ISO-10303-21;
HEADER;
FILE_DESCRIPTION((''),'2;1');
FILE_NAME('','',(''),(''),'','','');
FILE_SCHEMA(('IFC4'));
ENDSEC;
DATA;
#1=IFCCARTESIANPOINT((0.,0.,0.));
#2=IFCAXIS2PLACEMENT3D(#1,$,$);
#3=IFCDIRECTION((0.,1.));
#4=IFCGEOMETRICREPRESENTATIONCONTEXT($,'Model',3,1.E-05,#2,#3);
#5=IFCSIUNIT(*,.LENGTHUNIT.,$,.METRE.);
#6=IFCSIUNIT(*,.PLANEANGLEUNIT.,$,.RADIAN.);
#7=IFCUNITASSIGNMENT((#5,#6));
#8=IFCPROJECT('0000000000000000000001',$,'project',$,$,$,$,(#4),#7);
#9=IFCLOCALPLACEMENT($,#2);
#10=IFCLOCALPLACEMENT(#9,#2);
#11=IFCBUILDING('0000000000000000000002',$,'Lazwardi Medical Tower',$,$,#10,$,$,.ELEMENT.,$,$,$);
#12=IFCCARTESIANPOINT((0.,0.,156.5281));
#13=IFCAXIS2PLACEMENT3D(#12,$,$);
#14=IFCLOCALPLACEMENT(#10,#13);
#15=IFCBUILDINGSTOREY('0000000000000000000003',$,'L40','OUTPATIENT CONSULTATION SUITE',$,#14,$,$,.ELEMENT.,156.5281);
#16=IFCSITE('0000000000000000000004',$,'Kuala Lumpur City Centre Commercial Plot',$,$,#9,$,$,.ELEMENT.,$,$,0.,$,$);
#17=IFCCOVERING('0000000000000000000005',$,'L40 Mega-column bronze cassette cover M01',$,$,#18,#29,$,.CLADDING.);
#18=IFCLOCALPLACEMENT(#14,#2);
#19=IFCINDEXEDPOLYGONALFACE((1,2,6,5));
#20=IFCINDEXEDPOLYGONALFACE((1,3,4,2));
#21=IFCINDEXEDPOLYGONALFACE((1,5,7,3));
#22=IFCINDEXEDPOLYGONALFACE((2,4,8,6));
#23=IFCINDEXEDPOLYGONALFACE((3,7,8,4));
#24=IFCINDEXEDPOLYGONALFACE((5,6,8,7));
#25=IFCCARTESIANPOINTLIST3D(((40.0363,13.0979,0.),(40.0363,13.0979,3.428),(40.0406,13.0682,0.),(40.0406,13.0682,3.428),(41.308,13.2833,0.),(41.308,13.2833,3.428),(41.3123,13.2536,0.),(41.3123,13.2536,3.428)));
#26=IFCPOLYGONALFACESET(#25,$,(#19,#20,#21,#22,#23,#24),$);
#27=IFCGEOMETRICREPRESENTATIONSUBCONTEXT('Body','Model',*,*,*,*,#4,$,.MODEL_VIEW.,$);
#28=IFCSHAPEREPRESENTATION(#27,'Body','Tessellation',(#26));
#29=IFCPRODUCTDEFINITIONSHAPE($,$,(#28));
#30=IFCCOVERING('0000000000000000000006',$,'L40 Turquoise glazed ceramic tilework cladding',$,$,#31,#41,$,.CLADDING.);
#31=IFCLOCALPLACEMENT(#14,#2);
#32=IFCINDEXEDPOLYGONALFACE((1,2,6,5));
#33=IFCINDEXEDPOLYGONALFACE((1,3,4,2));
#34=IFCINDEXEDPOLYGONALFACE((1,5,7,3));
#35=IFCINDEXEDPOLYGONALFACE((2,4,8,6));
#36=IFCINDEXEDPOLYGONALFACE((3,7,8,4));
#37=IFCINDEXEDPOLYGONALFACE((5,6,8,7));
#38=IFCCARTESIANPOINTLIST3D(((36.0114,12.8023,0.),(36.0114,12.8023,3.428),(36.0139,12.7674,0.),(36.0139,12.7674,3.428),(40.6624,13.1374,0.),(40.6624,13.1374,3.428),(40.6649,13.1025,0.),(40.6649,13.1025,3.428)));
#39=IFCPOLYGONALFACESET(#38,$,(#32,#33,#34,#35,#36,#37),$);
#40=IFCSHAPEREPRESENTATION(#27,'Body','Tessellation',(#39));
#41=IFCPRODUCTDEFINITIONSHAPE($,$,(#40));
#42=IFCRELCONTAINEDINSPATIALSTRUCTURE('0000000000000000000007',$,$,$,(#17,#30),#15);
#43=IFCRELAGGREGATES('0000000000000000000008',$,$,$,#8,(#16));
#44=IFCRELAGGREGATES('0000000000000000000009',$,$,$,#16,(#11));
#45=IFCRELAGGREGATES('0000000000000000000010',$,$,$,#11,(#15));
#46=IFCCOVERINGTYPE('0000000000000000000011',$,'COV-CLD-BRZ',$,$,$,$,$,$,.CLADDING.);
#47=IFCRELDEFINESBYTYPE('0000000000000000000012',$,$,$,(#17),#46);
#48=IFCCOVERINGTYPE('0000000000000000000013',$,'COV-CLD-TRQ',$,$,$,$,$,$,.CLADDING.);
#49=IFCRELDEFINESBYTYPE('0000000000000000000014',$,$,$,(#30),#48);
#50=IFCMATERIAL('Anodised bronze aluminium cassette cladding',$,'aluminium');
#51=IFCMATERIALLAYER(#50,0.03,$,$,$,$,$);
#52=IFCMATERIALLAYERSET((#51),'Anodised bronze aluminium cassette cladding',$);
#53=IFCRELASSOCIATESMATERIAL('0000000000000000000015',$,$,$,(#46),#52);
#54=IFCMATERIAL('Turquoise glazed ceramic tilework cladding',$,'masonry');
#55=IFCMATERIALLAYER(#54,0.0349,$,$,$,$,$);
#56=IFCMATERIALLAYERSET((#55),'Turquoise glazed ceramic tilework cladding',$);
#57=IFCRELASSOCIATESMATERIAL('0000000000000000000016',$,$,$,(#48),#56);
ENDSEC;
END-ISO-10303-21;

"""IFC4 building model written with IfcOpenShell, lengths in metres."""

from ifc_helpers import new_model, si_unit, direction, frame, origin, origin_2d, place, context, subcontext, project, spatial, rectangle, extrude, material, layer, layer_set, type_object, element, save


model = new_model("IFC4")

# Units and contexts
model_context = context("Model", 3, precision=1e-05, world=origin(), true_north=direction((0.0, 1.0)))
body_context = subcontext(model_context, "Body", "Model", "MODEL_VIEW")
ifc_project = project(units=[si_unit("LENGTHUNIT", "METRE"), si_unit("PLANEANGLEUNIT", "RADIAN")], contexts=[model_context])

# Site, building, storey
site_placement = place(None, origin())
site = spatial("IfcSite", under=ifc_project, at=site_placement, Name="Kuala Lumpur City Centre Commercial Plot", CompositionType="ELEMENT", RefElevation=0.0)
building_placement = place(site_placement, origin())
building = spatial("IfcBuilding", under=site, at=building_placement, Name="Lazwardi Medical Tower", CompositionType="ELEMENT")
storey_placement = place(building_placement, frame((0.0, 0.0, 156.5281)))
storey = spatial("IfcBuildingStorey", under=building, at=storey_placement, Name="L40", Description="OUTPATIENT CONSULTATION SUITE", CompositionType="ELEMENT", Elevation=156.5281)

# Coverings
ifc_material_1 = material(Name="Anodised bronze aluminium cassette cladding", Category="aluminium")
ifc_layer_1 = layer(ifc_material_1, 0.03)
ifc_layer_set_1 = layer_set([ifc_layer_1], Name="Anodised bronze aluminium cassette cladding")
covering_type_1 = type_object("IfcCoveringType", Name="COV-CLD-BRZ", PredefinedType="CLADDING", material=ifc_layer_set_1)
covering_1_placement = place(storey_placement, frame((40.6743, 13.1758, 0.0), z_axis=(0.0, 0.0, 1.0), x_axis=(0.989539, 0.144265, 0.0)))
element("IfcCovering", 1, at=covering_1_placement, inside=storey, type_object=covering_type_1, Name="L40 Mega-column bronze cassette cover M01", PredefinedType="CLADDING", context=body_context, shape_type="SweptSolid", body=[
    extrude(rectangle(XDim=1.2852, YDim=0.03, at=origin_2d()), origin(), (0.0, 0.0, 1.0), 3.428),
])
ifc_material_2 = material(Name="Turquoise glazed ceramic tilework cladding", Category="masonry")
ifc_layer_2 = layer(ifc_material_2, 0.0349)
ifc_layer_set_2 = layer_set([ifc_layer_2], Name="Turquoise glazed ceramic tilework cladding")
covering_type_2 = type_object("IfcCoveringType", Name="COV-CLD-TRQ", PredefinedType="CLADDING", material=ifc_layer_set_2)
covering_2_placement = place(storey_placement, frame((38.3381, 12.9524, 0.0), z_axis=(0.0, 0.0, 1.0), x_axis=(0.997415, 0.071863, 0.0)))
element("IfcCovering", 2, at=covering_2_placement, inside=storey, type_object=covering_type_2, Name="L40 Turquoise glazed ceramic tilework cladding", PredefinedType="CLADDING", context=body_context, shape_type="SweptSolid", body=[
    extrude(rectangle(XDim=4.6631, YDim=0.0349, at=origin_2d()), origin(), (0.0, 0.0, 1.0), 3.428),
])

save(model, "model.ifc")
